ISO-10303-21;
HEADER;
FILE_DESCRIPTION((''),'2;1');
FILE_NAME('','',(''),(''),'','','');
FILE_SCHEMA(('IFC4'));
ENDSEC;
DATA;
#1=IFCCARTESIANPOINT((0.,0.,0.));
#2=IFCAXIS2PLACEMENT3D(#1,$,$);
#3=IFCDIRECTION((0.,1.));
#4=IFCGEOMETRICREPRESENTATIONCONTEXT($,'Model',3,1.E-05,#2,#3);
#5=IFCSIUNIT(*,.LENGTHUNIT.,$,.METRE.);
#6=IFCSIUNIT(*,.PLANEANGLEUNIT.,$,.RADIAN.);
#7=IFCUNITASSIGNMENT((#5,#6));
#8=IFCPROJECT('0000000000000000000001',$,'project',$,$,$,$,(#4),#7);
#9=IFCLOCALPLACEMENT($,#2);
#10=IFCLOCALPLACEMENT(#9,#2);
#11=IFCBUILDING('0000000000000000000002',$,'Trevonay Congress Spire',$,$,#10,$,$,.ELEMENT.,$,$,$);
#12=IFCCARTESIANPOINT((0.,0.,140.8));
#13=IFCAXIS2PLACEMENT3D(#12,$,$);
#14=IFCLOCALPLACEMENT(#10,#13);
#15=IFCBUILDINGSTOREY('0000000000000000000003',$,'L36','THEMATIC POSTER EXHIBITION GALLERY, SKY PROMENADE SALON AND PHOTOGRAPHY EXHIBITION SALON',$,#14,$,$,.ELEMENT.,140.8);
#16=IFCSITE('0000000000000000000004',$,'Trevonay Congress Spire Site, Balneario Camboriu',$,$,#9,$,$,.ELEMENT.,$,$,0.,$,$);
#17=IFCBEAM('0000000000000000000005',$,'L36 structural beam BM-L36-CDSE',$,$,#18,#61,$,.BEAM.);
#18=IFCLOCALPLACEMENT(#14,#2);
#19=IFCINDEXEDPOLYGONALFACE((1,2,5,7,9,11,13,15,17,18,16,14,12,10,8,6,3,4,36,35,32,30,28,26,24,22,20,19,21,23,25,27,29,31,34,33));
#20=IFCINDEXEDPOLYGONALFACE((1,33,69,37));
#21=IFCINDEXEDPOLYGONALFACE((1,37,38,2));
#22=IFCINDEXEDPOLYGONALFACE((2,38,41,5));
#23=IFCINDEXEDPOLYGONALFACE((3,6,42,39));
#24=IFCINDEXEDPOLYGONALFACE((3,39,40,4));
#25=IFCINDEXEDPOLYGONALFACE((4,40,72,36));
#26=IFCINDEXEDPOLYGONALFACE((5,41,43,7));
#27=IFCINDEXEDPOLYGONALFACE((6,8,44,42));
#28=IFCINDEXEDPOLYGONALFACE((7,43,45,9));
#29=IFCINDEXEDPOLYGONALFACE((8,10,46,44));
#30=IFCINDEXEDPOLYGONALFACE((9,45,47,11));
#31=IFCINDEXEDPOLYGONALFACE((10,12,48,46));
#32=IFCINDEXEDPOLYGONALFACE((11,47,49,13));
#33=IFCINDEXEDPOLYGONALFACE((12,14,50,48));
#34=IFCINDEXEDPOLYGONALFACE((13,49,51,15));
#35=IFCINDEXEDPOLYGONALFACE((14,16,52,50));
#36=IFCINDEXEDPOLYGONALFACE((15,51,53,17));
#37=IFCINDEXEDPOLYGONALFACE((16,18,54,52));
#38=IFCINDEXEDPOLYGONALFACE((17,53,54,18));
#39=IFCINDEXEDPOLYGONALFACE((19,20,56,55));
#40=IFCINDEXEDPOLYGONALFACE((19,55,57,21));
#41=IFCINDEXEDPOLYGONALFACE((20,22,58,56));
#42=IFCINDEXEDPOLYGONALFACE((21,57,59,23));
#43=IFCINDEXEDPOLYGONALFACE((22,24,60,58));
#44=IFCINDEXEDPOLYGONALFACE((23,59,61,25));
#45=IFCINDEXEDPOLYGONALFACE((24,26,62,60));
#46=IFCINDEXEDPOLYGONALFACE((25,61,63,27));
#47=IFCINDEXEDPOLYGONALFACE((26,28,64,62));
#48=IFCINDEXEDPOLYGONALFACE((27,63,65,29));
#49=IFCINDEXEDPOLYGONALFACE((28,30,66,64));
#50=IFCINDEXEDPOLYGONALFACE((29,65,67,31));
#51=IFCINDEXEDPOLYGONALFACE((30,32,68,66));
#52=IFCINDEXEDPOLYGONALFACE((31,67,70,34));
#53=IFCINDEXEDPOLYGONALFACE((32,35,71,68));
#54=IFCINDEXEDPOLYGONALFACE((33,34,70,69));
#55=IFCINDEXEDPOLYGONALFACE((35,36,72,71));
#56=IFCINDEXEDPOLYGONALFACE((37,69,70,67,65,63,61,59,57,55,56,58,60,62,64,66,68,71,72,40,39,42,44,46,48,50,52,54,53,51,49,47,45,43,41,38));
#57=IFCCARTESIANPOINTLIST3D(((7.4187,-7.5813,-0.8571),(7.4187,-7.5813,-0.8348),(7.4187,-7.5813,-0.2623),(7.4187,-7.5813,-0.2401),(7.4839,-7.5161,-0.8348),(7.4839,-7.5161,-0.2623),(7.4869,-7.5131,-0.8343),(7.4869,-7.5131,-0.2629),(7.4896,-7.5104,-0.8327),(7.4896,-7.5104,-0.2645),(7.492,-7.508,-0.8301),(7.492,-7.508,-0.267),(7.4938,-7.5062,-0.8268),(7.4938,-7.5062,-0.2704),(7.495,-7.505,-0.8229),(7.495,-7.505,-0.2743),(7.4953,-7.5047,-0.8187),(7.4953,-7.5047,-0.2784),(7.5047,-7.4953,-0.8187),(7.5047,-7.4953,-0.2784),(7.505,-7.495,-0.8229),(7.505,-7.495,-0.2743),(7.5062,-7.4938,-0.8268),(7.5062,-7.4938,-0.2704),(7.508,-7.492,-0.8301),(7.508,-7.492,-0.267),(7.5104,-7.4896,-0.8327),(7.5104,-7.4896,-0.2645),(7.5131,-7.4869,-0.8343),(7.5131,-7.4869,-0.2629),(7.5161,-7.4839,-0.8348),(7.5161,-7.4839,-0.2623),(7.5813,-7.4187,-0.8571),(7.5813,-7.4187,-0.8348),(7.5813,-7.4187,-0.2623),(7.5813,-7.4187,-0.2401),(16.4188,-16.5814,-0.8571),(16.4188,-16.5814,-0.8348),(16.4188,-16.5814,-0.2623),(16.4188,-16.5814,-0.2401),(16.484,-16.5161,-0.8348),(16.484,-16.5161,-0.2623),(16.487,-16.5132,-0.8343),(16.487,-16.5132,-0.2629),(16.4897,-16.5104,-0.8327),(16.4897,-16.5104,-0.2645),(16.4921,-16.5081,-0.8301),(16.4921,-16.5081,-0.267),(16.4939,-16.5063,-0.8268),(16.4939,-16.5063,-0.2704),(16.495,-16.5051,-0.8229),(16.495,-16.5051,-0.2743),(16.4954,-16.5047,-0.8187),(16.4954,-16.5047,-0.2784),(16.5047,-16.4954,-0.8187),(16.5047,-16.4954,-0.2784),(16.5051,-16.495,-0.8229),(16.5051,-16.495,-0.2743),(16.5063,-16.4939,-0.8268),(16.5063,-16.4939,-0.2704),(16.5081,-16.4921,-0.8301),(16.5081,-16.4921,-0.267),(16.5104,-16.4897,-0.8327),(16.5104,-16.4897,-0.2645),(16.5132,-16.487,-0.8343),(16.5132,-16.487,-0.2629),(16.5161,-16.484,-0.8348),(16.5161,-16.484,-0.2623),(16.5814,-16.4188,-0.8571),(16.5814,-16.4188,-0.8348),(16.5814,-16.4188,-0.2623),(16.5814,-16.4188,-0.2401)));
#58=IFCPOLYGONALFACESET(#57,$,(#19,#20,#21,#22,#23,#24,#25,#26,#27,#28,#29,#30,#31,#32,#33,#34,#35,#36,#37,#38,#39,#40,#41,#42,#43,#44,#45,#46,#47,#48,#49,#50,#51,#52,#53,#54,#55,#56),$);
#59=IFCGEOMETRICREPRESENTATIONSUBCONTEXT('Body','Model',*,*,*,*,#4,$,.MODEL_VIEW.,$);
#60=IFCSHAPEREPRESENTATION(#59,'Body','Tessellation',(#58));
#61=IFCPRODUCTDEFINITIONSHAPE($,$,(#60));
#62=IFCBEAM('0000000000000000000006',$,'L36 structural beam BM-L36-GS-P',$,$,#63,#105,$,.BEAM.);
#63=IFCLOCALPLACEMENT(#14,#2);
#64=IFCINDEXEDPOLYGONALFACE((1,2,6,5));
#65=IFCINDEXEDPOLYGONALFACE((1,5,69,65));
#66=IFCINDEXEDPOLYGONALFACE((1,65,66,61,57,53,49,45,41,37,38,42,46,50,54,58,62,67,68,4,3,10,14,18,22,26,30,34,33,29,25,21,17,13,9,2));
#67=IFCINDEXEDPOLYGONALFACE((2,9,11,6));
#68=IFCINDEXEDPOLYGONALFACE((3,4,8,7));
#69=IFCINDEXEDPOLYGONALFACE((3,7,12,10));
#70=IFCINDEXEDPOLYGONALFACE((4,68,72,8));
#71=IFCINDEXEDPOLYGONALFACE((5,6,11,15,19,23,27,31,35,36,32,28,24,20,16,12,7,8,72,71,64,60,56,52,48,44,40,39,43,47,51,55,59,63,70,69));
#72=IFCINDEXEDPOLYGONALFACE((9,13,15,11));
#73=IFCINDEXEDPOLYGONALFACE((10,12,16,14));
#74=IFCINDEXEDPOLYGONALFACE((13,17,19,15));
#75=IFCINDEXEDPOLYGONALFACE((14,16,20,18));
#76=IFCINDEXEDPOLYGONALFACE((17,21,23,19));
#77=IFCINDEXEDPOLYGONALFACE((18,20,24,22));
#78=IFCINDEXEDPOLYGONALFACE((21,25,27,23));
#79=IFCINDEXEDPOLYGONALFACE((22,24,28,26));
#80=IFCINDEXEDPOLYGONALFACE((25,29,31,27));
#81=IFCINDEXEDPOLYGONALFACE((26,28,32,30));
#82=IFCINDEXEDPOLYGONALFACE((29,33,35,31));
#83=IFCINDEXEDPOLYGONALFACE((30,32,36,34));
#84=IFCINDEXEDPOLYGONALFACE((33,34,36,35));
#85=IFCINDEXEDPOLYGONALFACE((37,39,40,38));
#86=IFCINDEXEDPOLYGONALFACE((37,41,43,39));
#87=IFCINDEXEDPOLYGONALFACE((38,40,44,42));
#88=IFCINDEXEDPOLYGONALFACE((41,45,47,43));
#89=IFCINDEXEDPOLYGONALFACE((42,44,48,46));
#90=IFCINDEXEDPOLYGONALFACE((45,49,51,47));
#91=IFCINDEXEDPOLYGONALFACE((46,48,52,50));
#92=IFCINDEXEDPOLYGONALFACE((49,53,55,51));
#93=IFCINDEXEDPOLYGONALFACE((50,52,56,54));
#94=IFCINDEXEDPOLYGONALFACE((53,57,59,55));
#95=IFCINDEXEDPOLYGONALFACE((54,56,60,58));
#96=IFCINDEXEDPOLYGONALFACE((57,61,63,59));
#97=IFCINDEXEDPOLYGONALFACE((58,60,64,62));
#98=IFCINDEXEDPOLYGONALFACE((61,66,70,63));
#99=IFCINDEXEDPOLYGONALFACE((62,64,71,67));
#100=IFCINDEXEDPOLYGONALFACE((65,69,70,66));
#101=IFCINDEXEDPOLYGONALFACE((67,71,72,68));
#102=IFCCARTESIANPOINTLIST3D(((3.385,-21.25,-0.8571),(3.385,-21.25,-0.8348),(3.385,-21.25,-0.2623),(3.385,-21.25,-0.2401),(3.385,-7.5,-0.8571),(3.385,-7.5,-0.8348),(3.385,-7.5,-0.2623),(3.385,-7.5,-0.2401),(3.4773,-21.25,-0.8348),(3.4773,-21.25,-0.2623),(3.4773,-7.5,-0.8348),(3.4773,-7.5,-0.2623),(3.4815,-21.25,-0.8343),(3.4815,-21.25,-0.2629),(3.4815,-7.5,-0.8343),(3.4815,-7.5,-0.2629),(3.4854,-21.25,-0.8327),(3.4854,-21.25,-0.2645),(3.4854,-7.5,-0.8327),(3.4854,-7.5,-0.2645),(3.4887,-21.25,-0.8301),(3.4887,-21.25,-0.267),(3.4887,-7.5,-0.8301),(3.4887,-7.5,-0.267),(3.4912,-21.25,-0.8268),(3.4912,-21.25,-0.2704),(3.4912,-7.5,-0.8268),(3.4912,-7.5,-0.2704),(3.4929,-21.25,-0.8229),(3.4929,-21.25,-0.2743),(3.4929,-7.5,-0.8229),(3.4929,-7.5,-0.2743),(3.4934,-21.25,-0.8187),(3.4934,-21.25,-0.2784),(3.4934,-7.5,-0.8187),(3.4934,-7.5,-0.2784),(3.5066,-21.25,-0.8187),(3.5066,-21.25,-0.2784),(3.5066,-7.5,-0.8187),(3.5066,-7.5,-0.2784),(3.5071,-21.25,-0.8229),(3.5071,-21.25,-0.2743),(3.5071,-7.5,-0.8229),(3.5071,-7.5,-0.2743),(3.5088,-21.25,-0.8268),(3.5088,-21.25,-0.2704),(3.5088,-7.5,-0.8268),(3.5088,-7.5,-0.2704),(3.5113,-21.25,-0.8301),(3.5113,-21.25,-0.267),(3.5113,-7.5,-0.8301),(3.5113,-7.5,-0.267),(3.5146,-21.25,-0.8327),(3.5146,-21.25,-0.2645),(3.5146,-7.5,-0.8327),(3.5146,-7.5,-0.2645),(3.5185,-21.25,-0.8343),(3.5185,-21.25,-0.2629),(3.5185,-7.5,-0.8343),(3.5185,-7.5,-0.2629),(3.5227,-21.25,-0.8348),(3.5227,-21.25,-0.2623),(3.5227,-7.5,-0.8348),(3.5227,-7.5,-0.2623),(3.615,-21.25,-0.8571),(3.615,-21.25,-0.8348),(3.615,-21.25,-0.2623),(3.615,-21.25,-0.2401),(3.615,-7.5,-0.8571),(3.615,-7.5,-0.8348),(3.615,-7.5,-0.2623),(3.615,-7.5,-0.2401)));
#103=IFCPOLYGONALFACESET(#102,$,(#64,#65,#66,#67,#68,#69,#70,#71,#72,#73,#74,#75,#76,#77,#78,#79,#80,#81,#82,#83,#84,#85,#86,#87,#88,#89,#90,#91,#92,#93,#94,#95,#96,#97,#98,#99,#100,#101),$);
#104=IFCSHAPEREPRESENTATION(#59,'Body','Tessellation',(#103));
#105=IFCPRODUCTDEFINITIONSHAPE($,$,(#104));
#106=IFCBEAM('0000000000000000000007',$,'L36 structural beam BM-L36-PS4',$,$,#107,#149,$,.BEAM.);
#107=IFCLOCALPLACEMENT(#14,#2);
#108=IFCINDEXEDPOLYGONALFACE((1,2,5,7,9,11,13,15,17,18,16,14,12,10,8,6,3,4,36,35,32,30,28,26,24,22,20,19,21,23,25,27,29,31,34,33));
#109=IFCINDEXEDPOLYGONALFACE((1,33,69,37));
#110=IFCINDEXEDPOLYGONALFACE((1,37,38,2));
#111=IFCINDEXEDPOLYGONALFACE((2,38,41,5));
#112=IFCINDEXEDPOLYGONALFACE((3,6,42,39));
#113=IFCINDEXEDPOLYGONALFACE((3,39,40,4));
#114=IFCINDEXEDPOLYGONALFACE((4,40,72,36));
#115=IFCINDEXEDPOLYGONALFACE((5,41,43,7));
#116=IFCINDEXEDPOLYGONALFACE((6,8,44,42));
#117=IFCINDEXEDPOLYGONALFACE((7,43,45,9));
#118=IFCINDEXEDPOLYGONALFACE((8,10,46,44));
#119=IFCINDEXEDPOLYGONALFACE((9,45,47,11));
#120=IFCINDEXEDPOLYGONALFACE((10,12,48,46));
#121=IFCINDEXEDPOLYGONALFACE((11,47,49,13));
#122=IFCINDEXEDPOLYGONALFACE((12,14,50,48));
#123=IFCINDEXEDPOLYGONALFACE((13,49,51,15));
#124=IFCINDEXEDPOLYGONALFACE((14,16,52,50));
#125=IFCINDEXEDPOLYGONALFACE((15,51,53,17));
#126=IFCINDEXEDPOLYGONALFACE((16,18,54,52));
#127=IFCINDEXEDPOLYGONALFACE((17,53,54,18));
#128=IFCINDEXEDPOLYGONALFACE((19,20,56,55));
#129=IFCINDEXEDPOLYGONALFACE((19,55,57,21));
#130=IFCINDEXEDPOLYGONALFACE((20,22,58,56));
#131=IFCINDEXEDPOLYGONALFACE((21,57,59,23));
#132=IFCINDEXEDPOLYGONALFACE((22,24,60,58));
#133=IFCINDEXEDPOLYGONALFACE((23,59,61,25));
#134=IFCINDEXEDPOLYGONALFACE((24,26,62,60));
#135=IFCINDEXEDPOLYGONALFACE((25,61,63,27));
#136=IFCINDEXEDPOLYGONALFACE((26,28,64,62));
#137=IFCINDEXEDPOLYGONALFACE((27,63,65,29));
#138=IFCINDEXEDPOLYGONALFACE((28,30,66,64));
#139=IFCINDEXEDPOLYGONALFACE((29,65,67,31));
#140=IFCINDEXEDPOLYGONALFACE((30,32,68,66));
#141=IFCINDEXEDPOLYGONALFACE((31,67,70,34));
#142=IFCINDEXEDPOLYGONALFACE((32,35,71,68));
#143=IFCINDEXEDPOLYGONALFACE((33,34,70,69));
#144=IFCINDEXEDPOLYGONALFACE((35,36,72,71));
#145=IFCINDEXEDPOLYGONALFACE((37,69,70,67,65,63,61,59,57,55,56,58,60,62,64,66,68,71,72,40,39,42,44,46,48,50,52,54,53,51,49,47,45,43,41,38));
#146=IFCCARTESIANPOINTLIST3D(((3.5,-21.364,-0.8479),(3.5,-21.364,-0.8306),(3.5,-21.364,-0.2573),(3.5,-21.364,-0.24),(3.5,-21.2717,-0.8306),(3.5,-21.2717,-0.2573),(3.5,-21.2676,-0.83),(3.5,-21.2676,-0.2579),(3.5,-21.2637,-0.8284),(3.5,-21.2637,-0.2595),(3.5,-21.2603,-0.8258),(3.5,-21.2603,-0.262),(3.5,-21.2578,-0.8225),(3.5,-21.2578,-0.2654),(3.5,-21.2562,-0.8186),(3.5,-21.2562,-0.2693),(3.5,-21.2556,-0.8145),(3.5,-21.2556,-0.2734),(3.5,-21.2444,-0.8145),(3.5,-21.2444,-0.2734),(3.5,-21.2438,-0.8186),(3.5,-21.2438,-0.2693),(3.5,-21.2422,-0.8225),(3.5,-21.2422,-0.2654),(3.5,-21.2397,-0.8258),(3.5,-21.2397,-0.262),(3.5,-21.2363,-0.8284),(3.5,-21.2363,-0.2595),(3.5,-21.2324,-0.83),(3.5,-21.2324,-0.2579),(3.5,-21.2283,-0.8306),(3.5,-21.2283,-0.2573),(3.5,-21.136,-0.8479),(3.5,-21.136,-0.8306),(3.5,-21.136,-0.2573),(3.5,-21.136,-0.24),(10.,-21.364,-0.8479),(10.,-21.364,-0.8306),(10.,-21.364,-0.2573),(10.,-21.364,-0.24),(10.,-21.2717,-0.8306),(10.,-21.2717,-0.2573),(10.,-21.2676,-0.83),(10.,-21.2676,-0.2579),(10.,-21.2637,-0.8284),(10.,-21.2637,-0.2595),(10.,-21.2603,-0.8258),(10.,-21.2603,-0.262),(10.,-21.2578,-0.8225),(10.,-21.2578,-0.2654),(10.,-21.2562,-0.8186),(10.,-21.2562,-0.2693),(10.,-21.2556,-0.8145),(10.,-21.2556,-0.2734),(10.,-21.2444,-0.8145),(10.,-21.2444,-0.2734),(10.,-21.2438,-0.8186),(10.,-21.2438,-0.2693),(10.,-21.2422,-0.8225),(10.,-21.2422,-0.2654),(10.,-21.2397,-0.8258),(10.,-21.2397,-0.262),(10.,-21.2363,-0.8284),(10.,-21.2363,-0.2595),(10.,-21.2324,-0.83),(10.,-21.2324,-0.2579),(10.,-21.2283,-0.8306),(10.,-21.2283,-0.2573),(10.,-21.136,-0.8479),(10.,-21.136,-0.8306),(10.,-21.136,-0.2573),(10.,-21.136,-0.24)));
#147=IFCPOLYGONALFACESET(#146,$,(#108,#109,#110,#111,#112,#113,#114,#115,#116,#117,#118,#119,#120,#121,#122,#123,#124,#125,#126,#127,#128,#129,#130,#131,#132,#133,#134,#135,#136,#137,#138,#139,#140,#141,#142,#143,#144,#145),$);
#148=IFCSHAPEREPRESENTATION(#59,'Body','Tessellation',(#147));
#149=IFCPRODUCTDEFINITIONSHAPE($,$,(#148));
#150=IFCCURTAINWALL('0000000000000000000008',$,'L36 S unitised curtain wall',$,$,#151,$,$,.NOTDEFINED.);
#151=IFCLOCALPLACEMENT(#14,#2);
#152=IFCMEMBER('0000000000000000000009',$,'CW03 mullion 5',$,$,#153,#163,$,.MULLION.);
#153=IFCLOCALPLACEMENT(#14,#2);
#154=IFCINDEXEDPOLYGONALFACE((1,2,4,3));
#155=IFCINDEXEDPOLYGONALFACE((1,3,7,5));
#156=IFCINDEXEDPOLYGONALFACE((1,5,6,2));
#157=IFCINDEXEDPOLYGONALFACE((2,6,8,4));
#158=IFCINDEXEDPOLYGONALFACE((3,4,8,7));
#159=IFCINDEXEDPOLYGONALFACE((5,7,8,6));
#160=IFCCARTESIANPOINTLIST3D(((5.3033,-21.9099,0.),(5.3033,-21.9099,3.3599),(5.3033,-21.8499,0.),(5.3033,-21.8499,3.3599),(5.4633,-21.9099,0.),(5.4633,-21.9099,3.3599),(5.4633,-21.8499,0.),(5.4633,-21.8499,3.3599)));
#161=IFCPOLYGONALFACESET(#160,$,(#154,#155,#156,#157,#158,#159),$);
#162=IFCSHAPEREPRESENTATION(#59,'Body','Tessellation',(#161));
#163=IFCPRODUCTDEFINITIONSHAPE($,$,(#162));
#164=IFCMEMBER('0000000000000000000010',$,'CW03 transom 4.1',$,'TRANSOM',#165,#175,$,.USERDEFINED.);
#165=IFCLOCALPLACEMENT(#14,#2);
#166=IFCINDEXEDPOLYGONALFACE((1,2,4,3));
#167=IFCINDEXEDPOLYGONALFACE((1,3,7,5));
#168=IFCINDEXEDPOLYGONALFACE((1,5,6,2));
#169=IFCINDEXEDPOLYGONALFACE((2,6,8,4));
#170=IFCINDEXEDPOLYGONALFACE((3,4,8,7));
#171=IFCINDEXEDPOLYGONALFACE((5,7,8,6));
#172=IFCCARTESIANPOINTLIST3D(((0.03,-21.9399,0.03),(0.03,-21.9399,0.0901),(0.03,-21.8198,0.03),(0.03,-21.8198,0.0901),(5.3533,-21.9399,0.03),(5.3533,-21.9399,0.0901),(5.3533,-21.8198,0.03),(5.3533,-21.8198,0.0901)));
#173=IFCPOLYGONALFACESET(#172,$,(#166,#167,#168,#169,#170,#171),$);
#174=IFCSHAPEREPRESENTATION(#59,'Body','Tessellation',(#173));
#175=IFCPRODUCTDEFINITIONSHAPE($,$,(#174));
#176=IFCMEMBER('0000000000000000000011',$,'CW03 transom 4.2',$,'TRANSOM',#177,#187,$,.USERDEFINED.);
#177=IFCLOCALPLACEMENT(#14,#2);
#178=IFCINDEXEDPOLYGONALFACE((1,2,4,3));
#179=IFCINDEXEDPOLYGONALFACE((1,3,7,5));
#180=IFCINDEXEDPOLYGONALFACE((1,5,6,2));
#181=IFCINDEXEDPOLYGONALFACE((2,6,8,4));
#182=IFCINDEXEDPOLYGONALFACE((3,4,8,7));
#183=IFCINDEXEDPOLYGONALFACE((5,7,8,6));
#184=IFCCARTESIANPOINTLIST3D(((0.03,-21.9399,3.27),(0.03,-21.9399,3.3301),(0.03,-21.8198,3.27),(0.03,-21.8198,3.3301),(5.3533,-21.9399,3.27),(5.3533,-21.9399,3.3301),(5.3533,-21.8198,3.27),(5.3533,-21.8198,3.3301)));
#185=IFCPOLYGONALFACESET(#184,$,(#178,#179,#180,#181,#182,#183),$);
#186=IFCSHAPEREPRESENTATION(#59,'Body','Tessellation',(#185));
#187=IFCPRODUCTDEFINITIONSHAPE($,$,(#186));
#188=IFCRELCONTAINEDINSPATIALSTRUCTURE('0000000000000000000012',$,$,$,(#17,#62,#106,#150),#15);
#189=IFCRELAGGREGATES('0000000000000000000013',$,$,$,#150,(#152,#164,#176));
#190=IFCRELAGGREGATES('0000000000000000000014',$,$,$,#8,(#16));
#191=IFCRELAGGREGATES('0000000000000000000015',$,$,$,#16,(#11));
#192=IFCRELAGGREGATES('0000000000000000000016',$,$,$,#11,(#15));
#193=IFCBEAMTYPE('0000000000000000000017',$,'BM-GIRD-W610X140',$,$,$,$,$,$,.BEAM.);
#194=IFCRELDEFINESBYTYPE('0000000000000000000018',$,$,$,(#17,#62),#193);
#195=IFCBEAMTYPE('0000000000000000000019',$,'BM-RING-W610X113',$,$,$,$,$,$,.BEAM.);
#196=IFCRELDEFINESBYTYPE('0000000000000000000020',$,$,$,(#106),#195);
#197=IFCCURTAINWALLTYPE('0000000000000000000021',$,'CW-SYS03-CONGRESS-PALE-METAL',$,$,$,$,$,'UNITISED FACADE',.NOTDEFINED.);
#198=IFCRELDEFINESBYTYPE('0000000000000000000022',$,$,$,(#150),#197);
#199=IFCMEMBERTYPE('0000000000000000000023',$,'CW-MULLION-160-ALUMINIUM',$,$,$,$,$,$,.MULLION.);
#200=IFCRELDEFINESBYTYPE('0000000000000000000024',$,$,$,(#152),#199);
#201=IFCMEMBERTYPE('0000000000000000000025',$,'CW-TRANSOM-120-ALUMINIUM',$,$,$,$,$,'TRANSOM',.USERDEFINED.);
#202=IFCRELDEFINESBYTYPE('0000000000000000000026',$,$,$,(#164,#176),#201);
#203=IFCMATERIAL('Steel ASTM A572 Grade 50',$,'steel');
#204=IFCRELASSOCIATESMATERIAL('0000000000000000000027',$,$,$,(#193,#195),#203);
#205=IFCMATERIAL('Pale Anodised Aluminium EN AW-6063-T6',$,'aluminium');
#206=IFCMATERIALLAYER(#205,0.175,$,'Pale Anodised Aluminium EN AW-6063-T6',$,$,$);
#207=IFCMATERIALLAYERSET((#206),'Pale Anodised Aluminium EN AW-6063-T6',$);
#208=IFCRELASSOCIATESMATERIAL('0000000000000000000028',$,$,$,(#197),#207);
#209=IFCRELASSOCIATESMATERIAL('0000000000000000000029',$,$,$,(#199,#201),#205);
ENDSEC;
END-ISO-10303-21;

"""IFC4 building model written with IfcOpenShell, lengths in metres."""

from ifc_helpers import new_model, si_unit, direction, frame, origin, origin_2d, place, context, subcontext, project, spatial, rectangle, i_section, extrude, material, layer, layer_set, material_profile, profile_set, type_object, element, aggregate, save


model = new_model("IFC4")

# Units and contexts
model_context = context("Model", 3, precision=1e-05, world=origin(), true_north=direction((0.0, 1.0)))
body_context = subcontext(model_context, "Body", "Model", "MODEL_VIEW")
ifc_project = project(units=[si_unit("LENGTHUNIT", "METRE"), si_unit("PLANEANGLEUNIT", "RADIAN")], contexts=[model_context])

# Site, building, storey
site_placement = place(None, origin())
site = spatial("IfcSite", under=ifc_project, at=site_placement, Name="Trevonay Congress Spire Site, Balneario Camboriu", CompositionType="ELEMENT", RefElevation=0.0)
building_placement = place(site_placement, origin())
building = spatial("IfcBuilding", under=site, at=building_placement, Name="Trevonay Congress Spire", CompositionType="ELEMENT")
storey_placement = place(building_placement, frame((0.0, 0.0, 140.8)))
storey = spatial("IfcBuildingStorey", under=building, at=storey_placement, Name="L36", Description="THEMATIC POSTER EXHIBITION GALLERY, SKY PROMENADE SALON AND PHOTOGRAPHY EXHIBITION SALON", CompositionType="ELEMENT", Elevation=140.8)

# Shared definitions
ifc_material_1 = material(Name="Steel ASTM A572 Grade 50", Category="steel")

# Beams
ifc_material_profile_1 = material_profile(ifc_material_1, i_section(OverallWidth=0.23, OverallDepth=0.6169, WebThickness=0.0132, FlangeThickness=0.0222, FilletRadius=0.0161, at=origin_2d()), Name="W610x140")
ifc_profile_set_1 = profile_set([ifc_material_profile_1], Name="Steel ASTM A572 Grade 50")
beam_type_1 = type_object("IfcBeamType", Name="BM-GIRD-W610X140", PredefinedType="BEAM", material=ifc_profile_set_1)
beam_1_placement = place(storey_placement, frame((7.5, -7.5, -0.5486), z_axis=(0.707107, -0.707107, 0.0), x_axis=(0.707107, 0.707107, 0.0)))
element("IfcBeam", 1, at=beam_1_placement, inside=storey, type_object=beam_type_1, Name="L36 structural beam BM-L36-CDSE", PredefinedType="BEAM", context=body_context, shape_type="SweptSolid", body=[
    extrude(i_section(OverallWidth=0.23, OverallDepth=0.6169, WebThickness=0.0132, FlangeThickness=0.0222, FilletRadius=0.0161, at=origin_2d()), origin(), (0.0, 0.0, 1.0), 12.728),
])
beam_2_placement = place(storey_placement, frame((3.5, -7.5, -0.5486), z_axis=(0.0, -1.0, 0.0), x_axis=(1.0, 0.0, 0.0)))
element("IfcBeam", 2, at=beam_2_placement, inside=storey, type_object=beam_type_1, Name="L36 structural beam BM-L36-GS-P", PredefinedType="BEAM", context=body_context, shape_type="SweptSolid", body=[
    extrude(i_section(OverallWidth=0.23, OverallDepth=0.6169, WebThickness=0.0132, FlangeThickness=0.0222, FilletRadius=0.0161, at=origin_2d()), origin(), (0.0, 0.0, 1.0), 13.75),
])
ifc_material_profile_2 = material_profile(ifc_material_1, i_section(OverallWidth=0.228, OverallDepth=0.6079, WebThickness=0.0112, FlangeThickness=0.0173, FilletRadius=0.0161, at=origin_2d()), Name="W610x113")
ifc_profile_set_2 = profile_set([ifc_material_profile_2], Name="Steel ASTM A572 Grade 50")
beam_type_2 = type_object("IfcBeamType", Name="BM-RING-W610X113", PredefinedType="BEAM", material=ifc_profile_set_2)
beam_3_placement = place(storey_placement, frame((3.5, -21.25, -0.5439), z_axis=(1.0, 0.0, 0.0), x_axis=(0.0, 1.0, 0.0)))
element("IfcBeam", 3, at=beam_3_placement, inside=storey, type_object=beam_type_2, Name="L36 structural beam BM-L36-PS4", PredefinedType="BEAM", context=body_context, shape_type="SweptSolid", body=[
    extrude(i_section(OverallWidth=0.228, OverallDepth=0.6079, WebThickness=0.0112, FlangeThickness=0.0173, FilletRadius=0.0161, at=origin_2d()), origin(), (0.0, 0.0, 1.0), 6.5),
])

# Curtain wall, members
ifc_material_2 = material(Name="Pale Anodised Aluminium EN AW-6063-T6", Category="aluminium")
ifc_layer_1 = layer(ifc_material_2, 0.175, Name="Pale Anodised Aluminium EN AW-6063-T6")
ifc_layer_set_1 = layer_set([ifc_layer_1], Name="Pale Anodised Aluminium EN AW-6063-T6")
curtain_wall_type = type_object("IfcCurtainWallType", Name="CW-SYS03-CONGRESS-PALE-METAL", ElementType="UNITISED FACADE", PredefinedType="NOTDEFINED", material=ifc_layer_set_1)
curtain_wall_placement = place(storey_placement, origin())
curtain_wall = element("IfcCurtainWall", 4, at=curtain_wall_placement, inside=storey, type_object=curtain_wall_type, Name="L36 S unitised curtain wall", PredefinedType="NOTDEFINED")
ifc_material_profile_3 = material_profile(ifc_material_2, rectangle(XDim=0.0601, YDim=0.1599, at=origin_2d()), Name="CW-MULLION-160-ALUMINIUM")
ifc_profile_set_3 = profile_set([ifc_material_profile_3], Name="Pale Anodised Aluminium EN AW-6063-T6")
member_type_1 = type_object("IfcMemberType", Name="CW-MULLION-160-ALUMINIUM", PredefinedType="MULLION", material=ifc_profile_set_3)
member_1_placement = place(storey_placement, frame((5.3833, -21.8799, 0.0), z_axis=(0.0, 0.0, 1.0), x_axis=(0.0, 1.0, 0.0)))
member_1 = element("IfcMember", 5, at=member_1_placement, type_object=member_type_1, Name="CW03 mullion 5", PredefinedType="MULLION", context=body_context, shape_type="SweptSolid", body=[
    extrude(rectangle(XDim=0.0601, YDim=0.1599, at=origin_2d()), origin(), (0.0, 0.0, 1.0), 3.3599),
])
ifc_material_profile_4 = material_profile(ifc_material_2, rectangle(XDim=0.1201, YDim=0.0601, at=origin_2d()), Name="CW-TRANSOM-120-ALUMINIUM")
ifc_profile_set_4 = profile_set([ifc_material_profile_4], Name="Pale Anodised Aluminium EN AW-6063-T6")
member_type_2 = type_object("IfcMemberType", Name="CW-TRANSOM-120-ALUMINIUM", ElementType="TRANSOM", PredefinedType="USERDEFINED", material=ifc_profile_set_4)
member_2_placement = place(storey_placement, frame((0.03, -21.8799, 0.0601), z_axis=(1.0, 0.0, 0.0), x_axis=(0.0, 1.0, 0.0)))
member_2 = element("IfcMember", 6, at=member_2_placement, type_object=member_type_2, Name="CW03 transom 4.1", ObjectType="TRANSOM", PredefinedType="USERDEFINED", context=body_context, shape_type="SweptSolid", body=[
    extrude(rectangle(XDim=0.1201, YDim=0.0601, at=origin_2d()), origin(), (0.0, 0.0, 1.0), 5.3232),
])
member_3_placement = place(storey_placement, frame((0.03, -21.8799, 3.3), z_axis=(1.0, 0.0, 0.0), x_axis=(0.0, 1.0, 0.0)))
member_3 = element("IfcMember", 7, at=member_3_placement, type_object=member_type_2, Name="CW03 transom 4.2", ObjectType="TRANSOM", PredefinedType="USERDEFINED", context=body_context, shape_type="SweptSolid", body=[
    extrude(rectangle(XDim=0.1201, YDim=0.0601, at=origin_2d()), origin(), (0.0, 0.0, 1.0), 5.3232),
])

aggregate(curtain_wall, [member_1, member_2, member_3])

save(model, "model.ifc")
